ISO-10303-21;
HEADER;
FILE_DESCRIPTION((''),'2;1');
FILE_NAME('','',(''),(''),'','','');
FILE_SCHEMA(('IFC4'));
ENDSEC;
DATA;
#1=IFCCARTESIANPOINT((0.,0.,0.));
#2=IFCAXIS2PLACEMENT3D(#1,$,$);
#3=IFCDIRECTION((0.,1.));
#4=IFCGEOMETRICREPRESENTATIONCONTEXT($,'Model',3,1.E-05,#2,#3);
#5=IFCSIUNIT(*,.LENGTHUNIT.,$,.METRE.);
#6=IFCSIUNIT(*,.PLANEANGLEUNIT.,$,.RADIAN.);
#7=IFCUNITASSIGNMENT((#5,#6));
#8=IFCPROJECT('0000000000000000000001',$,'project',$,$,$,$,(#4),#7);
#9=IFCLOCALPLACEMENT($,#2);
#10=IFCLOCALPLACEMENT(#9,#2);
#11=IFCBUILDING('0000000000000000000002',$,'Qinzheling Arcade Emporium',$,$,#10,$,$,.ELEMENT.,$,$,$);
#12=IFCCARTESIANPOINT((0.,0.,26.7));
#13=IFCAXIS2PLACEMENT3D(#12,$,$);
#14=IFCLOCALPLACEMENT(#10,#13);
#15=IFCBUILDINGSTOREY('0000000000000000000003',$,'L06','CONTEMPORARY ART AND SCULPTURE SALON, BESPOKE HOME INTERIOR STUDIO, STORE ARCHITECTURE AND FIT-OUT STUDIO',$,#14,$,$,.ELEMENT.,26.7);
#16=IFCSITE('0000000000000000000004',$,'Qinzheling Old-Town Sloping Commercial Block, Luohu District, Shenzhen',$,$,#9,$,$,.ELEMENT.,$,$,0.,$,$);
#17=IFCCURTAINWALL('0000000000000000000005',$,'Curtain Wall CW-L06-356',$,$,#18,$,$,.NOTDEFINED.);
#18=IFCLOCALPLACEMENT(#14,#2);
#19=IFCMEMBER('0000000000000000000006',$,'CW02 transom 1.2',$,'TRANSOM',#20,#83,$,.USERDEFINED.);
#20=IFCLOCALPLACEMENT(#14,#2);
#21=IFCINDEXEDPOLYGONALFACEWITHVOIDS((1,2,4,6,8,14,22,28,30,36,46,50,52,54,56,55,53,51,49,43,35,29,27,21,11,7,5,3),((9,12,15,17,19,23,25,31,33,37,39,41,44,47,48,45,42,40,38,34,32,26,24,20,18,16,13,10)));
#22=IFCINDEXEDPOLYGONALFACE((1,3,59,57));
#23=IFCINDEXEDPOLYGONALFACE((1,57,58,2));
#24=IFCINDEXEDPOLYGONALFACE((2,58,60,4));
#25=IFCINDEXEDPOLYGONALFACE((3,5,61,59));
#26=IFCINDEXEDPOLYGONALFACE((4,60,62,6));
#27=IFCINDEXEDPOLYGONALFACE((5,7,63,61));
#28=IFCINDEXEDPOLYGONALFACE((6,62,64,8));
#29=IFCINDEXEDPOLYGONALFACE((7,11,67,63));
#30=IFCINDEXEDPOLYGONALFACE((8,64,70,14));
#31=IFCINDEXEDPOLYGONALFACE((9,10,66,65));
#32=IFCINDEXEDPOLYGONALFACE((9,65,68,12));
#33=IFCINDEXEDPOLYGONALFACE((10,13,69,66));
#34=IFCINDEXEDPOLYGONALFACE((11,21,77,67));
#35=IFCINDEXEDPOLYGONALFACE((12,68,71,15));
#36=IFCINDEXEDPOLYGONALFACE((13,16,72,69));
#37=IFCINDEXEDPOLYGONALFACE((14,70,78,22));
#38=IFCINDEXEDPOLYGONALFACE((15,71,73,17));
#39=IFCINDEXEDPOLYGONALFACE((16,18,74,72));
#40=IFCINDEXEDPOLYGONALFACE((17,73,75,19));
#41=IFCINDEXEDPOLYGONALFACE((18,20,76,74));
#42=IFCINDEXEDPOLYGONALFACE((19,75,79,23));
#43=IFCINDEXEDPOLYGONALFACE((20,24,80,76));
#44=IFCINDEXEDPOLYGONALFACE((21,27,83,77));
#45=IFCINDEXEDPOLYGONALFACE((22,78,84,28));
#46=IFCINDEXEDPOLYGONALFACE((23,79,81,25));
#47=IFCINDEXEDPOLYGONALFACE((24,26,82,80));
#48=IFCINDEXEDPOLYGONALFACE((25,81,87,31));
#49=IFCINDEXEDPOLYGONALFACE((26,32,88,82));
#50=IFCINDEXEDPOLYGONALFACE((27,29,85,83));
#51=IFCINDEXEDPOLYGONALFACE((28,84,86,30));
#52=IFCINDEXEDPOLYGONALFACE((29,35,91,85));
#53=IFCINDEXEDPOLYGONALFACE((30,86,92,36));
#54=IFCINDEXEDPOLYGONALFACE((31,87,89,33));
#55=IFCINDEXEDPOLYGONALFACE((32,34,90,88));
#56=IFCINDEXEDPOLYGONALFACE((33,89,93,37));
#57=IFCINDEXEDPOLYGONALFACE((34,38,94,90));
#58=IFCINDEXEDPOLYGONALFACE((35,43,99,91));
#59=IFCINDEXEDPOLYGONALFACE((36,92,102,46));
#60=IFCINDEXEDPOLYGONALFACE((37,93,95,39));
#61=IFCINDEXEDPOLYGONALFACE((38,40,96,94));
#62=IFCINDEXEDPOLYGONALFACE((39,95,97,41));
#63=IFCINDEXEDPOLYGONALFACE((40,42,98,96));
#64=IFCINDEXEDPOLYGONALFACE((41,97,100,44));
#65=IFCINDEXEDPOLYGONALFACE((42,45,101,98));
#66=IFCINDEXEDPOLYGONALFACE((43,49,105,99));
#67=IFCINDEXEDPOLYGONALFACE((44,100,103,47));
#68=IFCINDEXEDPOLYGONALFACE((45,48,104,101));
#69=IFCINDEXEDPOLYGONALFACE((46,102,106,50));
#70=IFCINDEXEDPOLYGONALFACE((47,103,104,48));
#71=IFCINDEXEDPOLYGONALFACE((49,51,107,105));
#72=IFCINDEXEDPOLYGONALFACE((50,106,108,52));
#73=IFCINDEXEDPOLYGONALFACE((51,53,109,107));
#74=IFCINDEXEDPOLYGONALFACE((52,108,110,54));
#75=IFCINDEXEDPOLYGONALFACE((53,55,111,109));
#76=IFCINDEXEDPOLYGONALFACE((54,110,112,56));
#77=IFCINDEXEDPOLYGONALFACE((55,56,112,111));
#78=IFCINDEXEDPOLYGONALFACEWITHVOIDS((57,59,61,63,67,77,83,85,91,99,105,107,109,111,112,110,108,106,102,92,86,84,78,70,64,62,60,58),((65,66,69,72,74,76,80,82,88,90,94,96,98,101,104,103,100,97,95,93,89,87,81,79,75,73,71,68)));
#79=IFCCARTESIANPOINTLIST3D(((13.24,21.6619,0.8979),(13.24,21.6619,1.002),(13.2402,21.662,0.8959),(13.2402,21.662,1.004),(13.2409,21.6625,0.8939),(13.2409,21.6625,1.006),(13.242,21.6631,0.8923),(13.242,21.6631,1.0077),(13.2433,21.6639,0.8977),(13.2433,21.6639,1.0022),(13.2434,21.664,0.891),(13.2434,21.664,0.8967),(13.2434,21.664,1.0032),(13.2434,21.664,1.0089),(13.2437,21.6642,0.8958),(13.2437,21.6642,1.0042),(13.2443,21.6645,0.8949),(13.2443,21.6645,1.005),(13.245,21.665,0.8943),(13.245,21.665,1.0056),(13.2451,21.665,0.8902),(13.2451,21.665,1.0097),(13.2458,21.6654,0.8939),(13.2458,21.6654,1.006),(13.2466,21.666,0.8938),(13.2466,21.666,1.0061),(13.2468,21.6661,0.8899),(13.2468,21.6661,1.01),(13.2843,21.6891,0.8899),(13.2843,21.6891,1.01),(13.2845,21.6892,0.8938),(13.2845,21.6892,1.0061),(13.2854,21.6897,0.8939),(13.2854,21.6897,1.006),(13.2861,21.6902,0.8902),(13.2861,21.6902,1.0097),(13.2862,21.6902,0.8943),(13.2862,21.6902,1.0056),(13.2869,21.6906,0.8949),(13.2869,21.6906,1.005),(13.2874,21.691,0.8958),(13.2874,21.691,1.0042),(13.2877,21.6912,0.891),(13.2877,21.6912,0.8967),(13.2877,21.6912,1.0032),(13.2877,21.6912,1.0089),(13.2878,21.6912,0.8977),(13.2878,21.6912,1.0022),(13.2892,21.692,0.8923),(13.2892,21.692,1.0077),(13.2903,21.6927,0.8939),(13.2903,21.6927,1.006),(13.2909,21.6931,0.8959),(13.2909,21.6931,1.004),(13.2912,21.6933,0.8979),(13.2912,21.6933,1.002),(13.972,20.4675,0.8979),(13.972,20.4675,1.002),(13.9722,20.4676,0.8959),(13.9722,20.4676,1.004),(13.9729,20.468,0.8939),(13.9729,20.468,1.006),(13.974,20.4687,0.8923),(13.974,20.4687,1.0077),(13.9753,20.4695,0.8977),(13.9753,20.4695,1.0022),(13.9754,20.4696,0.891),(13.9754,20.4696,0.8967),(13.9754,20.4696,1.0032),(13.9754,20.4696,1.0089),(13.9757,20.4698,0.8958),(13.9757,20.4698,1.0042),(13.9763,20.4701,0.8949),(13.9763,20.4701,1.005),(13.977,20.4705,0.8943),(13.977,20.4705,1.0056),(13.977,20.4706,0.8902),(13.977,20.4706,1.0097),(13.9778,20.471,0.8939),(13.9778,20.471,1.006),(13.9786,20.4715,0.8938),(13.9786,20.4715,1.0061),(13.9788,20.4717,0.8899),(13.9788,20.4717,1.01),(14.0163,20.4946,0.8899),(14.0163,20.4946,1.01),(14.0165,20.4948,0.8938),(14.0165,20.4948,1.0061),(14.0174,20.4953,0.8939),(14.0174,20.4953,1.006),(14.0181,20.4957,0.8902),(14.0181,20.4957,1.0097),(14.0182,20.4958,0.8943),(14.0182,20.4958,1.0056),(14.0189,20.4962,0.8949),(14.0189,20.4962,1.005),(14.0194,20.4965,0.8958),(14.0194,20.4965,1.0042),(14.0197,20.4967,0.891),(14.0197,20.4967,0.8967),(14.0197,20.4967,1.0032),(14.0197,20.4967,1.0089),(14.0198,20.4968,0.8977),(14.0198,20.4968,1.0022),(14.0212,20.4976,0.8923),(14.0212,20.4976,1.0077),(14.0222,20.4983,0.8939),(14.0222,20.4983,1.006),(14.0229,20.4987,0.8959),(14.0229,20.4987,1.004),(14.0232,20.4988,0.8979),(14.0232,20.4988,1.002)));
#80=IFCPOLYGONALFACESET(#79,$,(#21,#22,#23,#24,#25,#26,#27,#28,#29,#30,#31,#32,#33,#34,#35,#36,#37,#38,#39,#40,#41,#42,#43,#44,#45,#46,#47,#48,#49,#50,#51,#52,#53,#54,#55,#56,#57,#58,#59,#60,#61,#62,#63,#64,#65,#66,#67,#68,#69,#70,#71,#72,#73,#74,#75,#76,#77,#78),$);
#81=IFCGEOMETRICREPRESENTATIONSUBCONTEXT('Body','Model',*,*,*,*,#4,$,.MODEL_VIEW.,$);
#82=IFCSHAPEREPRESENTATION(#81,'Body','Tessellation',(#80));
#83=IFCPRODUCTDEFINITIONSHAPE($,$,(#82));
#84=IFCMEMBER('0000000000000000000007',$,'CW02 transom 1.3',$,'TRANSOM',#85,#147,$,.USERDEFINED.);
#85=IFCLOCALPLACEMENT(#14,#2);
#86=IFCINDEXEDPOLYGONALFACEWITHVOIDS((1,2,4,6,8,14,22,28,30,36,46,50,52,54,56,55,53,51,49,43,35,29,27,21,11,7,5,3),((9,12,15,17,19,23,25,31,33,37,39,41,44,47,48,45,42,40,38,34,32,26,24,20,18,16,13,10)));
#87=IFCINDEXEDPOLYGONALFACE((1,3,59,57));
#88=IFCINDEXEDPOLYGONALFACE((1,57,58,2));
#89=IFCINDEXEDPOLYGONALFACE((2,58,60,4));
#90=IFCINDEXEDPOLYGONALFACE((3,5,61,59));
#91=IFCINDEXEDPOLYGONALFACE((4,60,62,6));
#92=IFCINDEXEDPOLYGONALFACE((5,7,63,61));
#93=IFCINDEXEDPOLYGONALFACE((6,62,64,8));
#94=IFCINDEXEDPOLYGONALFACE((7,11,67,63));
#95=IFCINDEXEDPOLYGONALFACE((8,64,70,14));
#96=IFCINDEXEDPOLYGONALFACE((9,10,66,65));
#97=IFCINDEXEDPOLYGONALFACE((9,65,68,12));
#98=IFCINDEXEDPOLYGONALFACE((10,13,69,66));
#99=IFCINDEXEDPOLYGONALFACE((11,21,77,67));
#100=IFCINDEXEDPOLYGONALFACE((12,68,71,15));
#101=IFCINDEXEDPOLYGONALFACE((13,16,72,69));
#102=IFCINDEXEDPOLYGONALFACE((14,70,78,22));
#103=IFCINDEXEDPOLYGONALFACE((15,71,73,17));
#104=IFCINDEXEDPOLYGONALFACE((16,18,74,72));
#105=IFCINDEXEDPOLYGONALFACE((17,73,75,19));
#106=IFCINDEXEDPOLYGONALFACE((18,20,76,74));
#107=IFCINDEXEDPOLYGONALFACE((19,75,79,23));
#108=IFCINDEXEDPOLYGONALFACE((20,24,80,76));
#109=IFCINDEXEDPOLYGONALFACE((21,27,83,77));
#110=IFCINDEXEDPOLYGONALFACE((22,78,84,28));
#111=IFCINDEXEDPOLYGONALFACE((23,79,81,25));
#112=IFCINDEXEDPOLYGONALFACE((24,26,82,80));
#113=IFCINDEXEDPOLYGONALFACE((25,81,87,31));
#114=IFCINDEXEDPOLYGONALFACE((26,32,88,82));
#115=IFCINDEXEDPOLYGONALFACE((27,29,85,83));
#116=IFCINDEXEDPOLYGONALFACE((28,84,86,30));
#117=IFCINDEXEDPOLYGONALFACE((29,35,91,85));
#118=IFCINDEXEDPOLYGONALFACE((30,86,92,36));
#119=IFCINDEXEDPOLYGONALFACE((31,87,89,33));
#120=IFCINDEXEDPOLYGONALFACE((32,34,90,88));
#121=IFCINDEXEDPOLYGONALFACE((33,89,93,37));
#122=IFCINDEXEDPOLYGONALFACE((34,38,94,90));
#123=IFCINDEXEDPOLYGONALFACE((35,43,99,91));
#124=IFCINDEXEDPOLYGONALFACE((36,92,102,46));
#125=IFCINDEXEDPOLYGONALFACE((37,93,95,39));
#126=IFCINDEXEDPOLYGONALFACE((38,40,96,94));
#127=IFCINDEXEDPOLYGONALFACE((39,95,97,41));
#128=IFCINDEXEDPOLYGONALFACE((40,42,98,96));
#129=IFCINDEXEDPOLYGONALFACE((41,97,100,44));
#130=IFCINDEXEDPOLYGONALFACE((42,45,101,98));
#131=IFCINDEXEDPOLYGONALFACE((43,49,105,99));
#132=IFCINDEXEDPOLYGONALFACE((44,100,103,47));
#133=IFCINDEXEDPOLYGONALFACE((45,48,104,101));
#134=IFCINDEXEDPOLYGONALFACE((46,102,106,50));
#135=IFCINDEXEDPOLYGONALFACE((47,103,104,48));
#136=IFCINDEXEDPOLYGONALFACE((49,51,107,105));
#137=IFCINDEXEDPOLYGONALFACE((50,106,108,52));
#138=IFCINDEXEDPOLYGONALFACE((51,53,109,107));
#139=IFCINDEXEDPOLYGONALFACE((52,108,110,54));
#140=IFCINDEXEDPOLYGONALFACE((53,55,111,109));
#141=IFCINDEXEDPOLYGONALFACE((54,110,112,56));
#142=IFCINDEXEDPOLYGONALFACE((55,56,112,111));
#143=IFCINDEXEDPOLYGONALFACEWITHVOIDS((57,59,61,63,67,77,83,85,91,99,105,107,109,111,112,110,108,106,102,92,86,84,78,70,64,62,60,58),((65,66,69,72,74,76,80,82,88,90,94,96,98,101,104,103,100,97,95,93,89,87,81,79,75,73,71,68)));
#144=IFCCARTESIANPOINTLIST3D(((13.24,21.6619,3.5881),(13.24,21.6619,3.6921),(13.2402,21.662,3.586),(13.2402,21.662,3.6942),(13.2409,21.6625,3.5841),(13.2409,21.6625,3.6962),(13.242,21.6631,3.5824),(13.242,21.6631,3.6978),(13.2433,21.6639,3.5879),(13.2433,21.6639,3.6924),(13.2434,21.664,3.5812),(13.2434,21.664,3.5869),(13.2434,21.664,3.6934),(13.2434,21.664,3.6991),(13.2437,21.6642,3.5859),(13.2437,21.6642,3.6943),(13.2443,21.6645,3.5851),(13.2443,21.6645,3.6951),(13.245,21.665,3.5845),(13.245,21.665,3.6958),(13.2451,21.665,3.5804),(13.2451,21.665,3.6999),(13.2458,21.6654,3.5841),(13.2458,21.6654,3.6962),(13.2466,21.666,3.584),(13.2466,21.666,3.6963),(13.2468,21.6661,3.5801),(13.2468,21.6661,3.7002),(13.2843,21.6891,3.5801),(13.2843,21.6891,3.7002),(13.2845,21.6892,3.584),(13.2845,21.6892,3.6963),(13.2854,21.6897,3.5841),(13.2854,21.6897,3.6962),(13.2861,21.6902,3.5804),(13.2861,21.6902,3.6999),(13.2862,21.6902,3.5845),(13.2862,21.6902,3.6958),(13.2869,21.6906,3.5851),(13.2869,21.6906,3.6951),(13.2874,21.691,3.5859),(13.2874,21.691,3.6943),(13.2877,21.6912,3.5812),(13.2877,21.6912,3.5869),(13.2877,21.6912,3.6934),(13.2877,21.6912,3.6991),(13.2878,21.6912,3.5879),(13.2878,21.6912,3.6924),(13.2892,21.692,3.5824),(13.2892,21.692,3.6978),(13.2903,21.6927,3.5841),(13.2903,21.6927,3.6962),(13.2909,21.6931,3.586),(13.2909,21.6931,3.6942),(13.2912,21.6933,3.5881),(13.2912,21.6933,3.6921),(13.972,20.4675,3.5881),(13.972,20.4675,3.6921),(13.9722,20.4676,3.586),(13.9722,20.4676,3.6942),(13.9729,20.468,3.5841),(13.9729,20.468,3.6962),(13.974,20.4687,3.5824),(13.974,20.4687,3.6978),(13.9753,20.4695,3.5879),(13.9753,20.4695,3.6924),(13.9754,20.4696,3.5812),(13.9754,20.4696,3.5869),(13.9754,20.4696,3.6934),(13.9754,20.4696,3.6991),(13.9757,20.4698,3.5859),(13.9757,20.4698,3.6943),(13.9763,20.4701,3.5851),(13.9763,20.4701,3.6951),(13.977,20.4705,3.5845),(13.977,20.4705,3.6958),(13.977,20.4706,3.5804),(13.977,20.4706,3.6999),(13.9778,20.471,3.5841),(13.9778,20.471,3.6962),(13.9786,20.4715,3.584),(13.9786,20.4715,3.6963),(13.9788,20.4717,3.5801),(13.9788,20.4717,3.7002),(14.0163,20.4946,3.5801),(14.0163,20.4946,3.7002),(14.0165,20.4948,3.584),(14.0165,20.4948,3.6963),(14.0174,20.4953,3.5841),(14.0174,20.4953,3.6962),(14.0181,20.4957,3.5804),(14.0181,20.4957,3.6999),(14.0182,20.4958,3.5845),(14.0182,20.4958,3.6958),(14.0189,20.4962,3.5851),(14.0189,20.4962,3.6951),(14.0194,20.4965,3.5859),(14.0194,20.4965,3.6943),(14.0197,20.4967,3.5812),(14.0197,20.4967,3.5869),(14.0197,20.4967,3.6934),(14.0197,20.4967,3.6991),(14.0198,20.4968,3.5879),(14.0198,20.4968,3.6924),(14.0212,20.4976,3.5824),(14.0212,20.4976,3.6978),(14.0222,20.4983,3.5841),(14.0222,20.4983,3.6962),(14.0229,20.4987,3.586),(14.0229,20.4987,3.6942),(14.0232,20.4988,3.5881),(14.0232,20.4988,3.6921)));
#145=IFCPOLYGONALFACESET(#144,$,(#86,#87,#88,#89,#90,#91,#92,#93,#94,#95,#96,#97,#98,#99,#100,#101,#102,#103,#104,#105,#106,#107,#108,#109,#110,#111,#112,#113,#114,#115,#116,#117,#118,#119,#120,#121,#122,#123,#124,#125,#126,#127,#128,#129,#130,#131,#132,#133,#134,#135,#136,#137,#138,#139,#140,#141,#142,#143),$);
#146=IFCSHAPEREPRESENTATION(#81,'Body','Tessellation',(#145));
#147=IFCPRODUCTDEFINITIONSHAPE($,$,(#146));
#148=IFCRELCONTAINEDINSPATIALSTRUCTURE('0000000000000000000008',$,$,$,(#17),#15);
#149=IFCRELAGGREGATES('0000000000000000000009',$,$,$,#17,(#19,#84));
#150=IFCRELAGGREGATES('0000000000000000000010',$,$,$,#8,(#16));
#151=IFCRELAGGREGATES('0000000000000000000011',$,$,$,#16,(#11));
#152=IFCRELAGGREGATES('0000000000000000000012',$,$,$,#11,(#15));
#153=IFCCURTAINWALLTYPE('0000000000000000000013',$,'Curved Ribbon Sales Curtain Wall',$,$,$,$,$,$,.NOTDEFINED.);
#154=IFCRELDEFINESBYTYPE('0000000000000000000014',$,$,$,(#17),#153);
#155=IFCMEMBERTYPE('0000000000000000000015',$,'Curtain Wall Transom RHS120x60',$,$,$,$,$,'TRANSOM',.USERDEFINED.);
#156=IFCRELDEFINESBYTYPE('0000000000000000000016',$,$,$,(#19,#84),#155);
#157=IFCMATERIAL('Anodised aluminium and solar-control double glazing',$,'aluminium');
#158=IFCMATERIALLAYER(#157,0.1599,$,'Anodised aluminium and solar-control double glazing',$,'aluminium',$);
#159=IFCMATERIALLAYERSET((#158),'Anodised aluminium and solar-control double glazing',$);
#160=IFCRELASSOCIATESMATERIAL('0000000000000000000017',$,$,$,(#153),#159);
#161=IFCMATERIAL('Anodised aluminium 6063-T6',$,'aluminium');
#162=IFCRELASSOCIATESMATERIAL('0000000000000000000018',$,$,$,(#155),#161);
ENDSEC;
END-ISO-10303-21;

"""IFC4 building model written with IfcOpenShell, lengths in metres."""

from ifc_helpers import new_model, si_unit, direction, frame, origin, origin_2d, place, context, subcontext, project, spatial, hollow_rectangle, extrude, material, layer, layer_set, material_profile, profile_set, type_object, element, aggregate, save


model = new_model("IFC4")

# Units and contexts
model_context = context("Model", 3, precision=1e-05, world=origin(), true_north=direction((0.0, 1.0)))
body_context = subcontext(model_context, "Body", "Model", "MODEL_VIEW")
ifc_project = project(units=[si_unit("LENGTHUNIT", "METRE"), si_unit("PLANEANGLEUNIT", "RADIAN")], contexts=[model_context])

# Site, building, storey
site_placement = place(None, origin())
site = spatial("IfcSite", under=ifc_project, at=site_placement, Name="Qinzheling Old-Town Sloping Commercial Block, Luohu District, Shenzhen", CompositionType="ELEMENT", RefElevation=0.0)
building_placement = place(site_placement, origin())
building = spatial("IfcBuilding", under=site, at=building_placement, Name="Qinzheling Arcade Emporium", CompositionType="ELEMENT")
storey_placement = place(building_placement, frame((0.0, 0.0, 26.7)))
storey = spatial("IfcBuildingStorey", under=building, at=storey_placement, Name="L06", Description="CONTEMPORARY ART AND SCULPTURE SALON, BESPOKE HOME INTERIOR STUDIO, STORE ARCHITECTURE AND FIT-OUT STUDIO", CompositionType="ELEMENT", Elevation=26.7)

# Curtain wall
ifc_material_1 = material(Name="Anodised aluminium and solar-control double glazing", Category="aluminium")
ifc_layer_1 = layer(ifc_material_1, 0.1599, Name="Anodised aluminium and solar-control double glazing", Category="aluminium")
ifc_layer_set_1 = layer_set([ifc_layer_1], Name="Anodised aluminium and solar-control double glazing")
curtain_wall_type = type_object("IfcCurtainWallType", Name="Curved Ribbon Sales Curtain Wall", PredefinedType="NOTDEFINED", material=ifc_layer_set_1)
curtain_wall_1_placement = place(storey_placement, origin())
curtain_wall_1 = element("IfcCurtainWall", 1, at=curtain_wall_1_placement, inside=storey, type_object=curtain_wall_type, Name="Curtain Wall CW-L06-356", PredefinedType="NOTDEFINED")
ifc_material_2 = material(Name="Anodised aluminium 6063-T6", Category="aluminium")

# Members
ifc_material_profile_1 = material_profile(ifc_material_2, hollow_rectangle(XDim=0.0601, YDim=0.1201, WallThickness=0.0039, InnerFilletRadius=0.0039, OuterFilletRadius=0.0081, at=origin_2d()), Name="RHS 120x60x4", Category="aluminium")
ifc_profile_set_1 = profile_set([ifc_material_profile_1], Name="Anodised aluminium 6063-T6")
member_type_1 = type_object("IfcMemberType", Name="Curtain Wall Transom RHS120x60", ElementType="TRANSOM", PredefinedType="USERDEFINED", material=ifc_profile_set_1)
member_1_placement = place(storey_placement, frame((13.9976, 20.4832, 0.95), z_axis=(-0.522521, 0.852626, 0.0), x_axis=(-0.852626, -0.522521, 0.0)))
member_1 = element("IfcMember", 2, at=member_1_placement, type_object=member_type_1, Name="CW02 transom 1.2", ObjectType="TRANSOM", PredefinedType="USERDEFINED", context=body_context, shape_type="SweptSolid", body=[
    extrude(hollow_rectangle(XDim=0.0601, YDim=0.1201, WallThickness=0.0039, InnerFilletRadius=0.0039, OuterFilletRadius=0.0081, at=origin_2d()), origin(), (0.0, 0.0, 1.0), 1.4009),
])
member_2_placement = place(storey_placement, frame((13.9976, 20.4832, 3.6401), z_axis=(-0.522521, 0.852626, 0.0), x_axis=(-0.852626, -0.522521, 0.0)))
member_2 = element("IfcMember", 3, at=member_2_placement, type_object=member_type_1, Name="CW02 transom 1.3", ObjectType="TRANSOM", PredefinedType="USERDEFINED", context=body_context, shape_type="SweptSolid", body=[
    extrude(hollow_rectangle(XDim=0.0601, YDim=0.1201, WallThickness=0.0039, InnerFilletRadius=0.0039, OuterFilletRadius=0.0081, at=origin_2d()), origin(), (0.0, 0.0, 1.0), 1.4009),
])

aggregate(curtain_wall_1, [member_1, member_2])

save(model, "model.ifc")
